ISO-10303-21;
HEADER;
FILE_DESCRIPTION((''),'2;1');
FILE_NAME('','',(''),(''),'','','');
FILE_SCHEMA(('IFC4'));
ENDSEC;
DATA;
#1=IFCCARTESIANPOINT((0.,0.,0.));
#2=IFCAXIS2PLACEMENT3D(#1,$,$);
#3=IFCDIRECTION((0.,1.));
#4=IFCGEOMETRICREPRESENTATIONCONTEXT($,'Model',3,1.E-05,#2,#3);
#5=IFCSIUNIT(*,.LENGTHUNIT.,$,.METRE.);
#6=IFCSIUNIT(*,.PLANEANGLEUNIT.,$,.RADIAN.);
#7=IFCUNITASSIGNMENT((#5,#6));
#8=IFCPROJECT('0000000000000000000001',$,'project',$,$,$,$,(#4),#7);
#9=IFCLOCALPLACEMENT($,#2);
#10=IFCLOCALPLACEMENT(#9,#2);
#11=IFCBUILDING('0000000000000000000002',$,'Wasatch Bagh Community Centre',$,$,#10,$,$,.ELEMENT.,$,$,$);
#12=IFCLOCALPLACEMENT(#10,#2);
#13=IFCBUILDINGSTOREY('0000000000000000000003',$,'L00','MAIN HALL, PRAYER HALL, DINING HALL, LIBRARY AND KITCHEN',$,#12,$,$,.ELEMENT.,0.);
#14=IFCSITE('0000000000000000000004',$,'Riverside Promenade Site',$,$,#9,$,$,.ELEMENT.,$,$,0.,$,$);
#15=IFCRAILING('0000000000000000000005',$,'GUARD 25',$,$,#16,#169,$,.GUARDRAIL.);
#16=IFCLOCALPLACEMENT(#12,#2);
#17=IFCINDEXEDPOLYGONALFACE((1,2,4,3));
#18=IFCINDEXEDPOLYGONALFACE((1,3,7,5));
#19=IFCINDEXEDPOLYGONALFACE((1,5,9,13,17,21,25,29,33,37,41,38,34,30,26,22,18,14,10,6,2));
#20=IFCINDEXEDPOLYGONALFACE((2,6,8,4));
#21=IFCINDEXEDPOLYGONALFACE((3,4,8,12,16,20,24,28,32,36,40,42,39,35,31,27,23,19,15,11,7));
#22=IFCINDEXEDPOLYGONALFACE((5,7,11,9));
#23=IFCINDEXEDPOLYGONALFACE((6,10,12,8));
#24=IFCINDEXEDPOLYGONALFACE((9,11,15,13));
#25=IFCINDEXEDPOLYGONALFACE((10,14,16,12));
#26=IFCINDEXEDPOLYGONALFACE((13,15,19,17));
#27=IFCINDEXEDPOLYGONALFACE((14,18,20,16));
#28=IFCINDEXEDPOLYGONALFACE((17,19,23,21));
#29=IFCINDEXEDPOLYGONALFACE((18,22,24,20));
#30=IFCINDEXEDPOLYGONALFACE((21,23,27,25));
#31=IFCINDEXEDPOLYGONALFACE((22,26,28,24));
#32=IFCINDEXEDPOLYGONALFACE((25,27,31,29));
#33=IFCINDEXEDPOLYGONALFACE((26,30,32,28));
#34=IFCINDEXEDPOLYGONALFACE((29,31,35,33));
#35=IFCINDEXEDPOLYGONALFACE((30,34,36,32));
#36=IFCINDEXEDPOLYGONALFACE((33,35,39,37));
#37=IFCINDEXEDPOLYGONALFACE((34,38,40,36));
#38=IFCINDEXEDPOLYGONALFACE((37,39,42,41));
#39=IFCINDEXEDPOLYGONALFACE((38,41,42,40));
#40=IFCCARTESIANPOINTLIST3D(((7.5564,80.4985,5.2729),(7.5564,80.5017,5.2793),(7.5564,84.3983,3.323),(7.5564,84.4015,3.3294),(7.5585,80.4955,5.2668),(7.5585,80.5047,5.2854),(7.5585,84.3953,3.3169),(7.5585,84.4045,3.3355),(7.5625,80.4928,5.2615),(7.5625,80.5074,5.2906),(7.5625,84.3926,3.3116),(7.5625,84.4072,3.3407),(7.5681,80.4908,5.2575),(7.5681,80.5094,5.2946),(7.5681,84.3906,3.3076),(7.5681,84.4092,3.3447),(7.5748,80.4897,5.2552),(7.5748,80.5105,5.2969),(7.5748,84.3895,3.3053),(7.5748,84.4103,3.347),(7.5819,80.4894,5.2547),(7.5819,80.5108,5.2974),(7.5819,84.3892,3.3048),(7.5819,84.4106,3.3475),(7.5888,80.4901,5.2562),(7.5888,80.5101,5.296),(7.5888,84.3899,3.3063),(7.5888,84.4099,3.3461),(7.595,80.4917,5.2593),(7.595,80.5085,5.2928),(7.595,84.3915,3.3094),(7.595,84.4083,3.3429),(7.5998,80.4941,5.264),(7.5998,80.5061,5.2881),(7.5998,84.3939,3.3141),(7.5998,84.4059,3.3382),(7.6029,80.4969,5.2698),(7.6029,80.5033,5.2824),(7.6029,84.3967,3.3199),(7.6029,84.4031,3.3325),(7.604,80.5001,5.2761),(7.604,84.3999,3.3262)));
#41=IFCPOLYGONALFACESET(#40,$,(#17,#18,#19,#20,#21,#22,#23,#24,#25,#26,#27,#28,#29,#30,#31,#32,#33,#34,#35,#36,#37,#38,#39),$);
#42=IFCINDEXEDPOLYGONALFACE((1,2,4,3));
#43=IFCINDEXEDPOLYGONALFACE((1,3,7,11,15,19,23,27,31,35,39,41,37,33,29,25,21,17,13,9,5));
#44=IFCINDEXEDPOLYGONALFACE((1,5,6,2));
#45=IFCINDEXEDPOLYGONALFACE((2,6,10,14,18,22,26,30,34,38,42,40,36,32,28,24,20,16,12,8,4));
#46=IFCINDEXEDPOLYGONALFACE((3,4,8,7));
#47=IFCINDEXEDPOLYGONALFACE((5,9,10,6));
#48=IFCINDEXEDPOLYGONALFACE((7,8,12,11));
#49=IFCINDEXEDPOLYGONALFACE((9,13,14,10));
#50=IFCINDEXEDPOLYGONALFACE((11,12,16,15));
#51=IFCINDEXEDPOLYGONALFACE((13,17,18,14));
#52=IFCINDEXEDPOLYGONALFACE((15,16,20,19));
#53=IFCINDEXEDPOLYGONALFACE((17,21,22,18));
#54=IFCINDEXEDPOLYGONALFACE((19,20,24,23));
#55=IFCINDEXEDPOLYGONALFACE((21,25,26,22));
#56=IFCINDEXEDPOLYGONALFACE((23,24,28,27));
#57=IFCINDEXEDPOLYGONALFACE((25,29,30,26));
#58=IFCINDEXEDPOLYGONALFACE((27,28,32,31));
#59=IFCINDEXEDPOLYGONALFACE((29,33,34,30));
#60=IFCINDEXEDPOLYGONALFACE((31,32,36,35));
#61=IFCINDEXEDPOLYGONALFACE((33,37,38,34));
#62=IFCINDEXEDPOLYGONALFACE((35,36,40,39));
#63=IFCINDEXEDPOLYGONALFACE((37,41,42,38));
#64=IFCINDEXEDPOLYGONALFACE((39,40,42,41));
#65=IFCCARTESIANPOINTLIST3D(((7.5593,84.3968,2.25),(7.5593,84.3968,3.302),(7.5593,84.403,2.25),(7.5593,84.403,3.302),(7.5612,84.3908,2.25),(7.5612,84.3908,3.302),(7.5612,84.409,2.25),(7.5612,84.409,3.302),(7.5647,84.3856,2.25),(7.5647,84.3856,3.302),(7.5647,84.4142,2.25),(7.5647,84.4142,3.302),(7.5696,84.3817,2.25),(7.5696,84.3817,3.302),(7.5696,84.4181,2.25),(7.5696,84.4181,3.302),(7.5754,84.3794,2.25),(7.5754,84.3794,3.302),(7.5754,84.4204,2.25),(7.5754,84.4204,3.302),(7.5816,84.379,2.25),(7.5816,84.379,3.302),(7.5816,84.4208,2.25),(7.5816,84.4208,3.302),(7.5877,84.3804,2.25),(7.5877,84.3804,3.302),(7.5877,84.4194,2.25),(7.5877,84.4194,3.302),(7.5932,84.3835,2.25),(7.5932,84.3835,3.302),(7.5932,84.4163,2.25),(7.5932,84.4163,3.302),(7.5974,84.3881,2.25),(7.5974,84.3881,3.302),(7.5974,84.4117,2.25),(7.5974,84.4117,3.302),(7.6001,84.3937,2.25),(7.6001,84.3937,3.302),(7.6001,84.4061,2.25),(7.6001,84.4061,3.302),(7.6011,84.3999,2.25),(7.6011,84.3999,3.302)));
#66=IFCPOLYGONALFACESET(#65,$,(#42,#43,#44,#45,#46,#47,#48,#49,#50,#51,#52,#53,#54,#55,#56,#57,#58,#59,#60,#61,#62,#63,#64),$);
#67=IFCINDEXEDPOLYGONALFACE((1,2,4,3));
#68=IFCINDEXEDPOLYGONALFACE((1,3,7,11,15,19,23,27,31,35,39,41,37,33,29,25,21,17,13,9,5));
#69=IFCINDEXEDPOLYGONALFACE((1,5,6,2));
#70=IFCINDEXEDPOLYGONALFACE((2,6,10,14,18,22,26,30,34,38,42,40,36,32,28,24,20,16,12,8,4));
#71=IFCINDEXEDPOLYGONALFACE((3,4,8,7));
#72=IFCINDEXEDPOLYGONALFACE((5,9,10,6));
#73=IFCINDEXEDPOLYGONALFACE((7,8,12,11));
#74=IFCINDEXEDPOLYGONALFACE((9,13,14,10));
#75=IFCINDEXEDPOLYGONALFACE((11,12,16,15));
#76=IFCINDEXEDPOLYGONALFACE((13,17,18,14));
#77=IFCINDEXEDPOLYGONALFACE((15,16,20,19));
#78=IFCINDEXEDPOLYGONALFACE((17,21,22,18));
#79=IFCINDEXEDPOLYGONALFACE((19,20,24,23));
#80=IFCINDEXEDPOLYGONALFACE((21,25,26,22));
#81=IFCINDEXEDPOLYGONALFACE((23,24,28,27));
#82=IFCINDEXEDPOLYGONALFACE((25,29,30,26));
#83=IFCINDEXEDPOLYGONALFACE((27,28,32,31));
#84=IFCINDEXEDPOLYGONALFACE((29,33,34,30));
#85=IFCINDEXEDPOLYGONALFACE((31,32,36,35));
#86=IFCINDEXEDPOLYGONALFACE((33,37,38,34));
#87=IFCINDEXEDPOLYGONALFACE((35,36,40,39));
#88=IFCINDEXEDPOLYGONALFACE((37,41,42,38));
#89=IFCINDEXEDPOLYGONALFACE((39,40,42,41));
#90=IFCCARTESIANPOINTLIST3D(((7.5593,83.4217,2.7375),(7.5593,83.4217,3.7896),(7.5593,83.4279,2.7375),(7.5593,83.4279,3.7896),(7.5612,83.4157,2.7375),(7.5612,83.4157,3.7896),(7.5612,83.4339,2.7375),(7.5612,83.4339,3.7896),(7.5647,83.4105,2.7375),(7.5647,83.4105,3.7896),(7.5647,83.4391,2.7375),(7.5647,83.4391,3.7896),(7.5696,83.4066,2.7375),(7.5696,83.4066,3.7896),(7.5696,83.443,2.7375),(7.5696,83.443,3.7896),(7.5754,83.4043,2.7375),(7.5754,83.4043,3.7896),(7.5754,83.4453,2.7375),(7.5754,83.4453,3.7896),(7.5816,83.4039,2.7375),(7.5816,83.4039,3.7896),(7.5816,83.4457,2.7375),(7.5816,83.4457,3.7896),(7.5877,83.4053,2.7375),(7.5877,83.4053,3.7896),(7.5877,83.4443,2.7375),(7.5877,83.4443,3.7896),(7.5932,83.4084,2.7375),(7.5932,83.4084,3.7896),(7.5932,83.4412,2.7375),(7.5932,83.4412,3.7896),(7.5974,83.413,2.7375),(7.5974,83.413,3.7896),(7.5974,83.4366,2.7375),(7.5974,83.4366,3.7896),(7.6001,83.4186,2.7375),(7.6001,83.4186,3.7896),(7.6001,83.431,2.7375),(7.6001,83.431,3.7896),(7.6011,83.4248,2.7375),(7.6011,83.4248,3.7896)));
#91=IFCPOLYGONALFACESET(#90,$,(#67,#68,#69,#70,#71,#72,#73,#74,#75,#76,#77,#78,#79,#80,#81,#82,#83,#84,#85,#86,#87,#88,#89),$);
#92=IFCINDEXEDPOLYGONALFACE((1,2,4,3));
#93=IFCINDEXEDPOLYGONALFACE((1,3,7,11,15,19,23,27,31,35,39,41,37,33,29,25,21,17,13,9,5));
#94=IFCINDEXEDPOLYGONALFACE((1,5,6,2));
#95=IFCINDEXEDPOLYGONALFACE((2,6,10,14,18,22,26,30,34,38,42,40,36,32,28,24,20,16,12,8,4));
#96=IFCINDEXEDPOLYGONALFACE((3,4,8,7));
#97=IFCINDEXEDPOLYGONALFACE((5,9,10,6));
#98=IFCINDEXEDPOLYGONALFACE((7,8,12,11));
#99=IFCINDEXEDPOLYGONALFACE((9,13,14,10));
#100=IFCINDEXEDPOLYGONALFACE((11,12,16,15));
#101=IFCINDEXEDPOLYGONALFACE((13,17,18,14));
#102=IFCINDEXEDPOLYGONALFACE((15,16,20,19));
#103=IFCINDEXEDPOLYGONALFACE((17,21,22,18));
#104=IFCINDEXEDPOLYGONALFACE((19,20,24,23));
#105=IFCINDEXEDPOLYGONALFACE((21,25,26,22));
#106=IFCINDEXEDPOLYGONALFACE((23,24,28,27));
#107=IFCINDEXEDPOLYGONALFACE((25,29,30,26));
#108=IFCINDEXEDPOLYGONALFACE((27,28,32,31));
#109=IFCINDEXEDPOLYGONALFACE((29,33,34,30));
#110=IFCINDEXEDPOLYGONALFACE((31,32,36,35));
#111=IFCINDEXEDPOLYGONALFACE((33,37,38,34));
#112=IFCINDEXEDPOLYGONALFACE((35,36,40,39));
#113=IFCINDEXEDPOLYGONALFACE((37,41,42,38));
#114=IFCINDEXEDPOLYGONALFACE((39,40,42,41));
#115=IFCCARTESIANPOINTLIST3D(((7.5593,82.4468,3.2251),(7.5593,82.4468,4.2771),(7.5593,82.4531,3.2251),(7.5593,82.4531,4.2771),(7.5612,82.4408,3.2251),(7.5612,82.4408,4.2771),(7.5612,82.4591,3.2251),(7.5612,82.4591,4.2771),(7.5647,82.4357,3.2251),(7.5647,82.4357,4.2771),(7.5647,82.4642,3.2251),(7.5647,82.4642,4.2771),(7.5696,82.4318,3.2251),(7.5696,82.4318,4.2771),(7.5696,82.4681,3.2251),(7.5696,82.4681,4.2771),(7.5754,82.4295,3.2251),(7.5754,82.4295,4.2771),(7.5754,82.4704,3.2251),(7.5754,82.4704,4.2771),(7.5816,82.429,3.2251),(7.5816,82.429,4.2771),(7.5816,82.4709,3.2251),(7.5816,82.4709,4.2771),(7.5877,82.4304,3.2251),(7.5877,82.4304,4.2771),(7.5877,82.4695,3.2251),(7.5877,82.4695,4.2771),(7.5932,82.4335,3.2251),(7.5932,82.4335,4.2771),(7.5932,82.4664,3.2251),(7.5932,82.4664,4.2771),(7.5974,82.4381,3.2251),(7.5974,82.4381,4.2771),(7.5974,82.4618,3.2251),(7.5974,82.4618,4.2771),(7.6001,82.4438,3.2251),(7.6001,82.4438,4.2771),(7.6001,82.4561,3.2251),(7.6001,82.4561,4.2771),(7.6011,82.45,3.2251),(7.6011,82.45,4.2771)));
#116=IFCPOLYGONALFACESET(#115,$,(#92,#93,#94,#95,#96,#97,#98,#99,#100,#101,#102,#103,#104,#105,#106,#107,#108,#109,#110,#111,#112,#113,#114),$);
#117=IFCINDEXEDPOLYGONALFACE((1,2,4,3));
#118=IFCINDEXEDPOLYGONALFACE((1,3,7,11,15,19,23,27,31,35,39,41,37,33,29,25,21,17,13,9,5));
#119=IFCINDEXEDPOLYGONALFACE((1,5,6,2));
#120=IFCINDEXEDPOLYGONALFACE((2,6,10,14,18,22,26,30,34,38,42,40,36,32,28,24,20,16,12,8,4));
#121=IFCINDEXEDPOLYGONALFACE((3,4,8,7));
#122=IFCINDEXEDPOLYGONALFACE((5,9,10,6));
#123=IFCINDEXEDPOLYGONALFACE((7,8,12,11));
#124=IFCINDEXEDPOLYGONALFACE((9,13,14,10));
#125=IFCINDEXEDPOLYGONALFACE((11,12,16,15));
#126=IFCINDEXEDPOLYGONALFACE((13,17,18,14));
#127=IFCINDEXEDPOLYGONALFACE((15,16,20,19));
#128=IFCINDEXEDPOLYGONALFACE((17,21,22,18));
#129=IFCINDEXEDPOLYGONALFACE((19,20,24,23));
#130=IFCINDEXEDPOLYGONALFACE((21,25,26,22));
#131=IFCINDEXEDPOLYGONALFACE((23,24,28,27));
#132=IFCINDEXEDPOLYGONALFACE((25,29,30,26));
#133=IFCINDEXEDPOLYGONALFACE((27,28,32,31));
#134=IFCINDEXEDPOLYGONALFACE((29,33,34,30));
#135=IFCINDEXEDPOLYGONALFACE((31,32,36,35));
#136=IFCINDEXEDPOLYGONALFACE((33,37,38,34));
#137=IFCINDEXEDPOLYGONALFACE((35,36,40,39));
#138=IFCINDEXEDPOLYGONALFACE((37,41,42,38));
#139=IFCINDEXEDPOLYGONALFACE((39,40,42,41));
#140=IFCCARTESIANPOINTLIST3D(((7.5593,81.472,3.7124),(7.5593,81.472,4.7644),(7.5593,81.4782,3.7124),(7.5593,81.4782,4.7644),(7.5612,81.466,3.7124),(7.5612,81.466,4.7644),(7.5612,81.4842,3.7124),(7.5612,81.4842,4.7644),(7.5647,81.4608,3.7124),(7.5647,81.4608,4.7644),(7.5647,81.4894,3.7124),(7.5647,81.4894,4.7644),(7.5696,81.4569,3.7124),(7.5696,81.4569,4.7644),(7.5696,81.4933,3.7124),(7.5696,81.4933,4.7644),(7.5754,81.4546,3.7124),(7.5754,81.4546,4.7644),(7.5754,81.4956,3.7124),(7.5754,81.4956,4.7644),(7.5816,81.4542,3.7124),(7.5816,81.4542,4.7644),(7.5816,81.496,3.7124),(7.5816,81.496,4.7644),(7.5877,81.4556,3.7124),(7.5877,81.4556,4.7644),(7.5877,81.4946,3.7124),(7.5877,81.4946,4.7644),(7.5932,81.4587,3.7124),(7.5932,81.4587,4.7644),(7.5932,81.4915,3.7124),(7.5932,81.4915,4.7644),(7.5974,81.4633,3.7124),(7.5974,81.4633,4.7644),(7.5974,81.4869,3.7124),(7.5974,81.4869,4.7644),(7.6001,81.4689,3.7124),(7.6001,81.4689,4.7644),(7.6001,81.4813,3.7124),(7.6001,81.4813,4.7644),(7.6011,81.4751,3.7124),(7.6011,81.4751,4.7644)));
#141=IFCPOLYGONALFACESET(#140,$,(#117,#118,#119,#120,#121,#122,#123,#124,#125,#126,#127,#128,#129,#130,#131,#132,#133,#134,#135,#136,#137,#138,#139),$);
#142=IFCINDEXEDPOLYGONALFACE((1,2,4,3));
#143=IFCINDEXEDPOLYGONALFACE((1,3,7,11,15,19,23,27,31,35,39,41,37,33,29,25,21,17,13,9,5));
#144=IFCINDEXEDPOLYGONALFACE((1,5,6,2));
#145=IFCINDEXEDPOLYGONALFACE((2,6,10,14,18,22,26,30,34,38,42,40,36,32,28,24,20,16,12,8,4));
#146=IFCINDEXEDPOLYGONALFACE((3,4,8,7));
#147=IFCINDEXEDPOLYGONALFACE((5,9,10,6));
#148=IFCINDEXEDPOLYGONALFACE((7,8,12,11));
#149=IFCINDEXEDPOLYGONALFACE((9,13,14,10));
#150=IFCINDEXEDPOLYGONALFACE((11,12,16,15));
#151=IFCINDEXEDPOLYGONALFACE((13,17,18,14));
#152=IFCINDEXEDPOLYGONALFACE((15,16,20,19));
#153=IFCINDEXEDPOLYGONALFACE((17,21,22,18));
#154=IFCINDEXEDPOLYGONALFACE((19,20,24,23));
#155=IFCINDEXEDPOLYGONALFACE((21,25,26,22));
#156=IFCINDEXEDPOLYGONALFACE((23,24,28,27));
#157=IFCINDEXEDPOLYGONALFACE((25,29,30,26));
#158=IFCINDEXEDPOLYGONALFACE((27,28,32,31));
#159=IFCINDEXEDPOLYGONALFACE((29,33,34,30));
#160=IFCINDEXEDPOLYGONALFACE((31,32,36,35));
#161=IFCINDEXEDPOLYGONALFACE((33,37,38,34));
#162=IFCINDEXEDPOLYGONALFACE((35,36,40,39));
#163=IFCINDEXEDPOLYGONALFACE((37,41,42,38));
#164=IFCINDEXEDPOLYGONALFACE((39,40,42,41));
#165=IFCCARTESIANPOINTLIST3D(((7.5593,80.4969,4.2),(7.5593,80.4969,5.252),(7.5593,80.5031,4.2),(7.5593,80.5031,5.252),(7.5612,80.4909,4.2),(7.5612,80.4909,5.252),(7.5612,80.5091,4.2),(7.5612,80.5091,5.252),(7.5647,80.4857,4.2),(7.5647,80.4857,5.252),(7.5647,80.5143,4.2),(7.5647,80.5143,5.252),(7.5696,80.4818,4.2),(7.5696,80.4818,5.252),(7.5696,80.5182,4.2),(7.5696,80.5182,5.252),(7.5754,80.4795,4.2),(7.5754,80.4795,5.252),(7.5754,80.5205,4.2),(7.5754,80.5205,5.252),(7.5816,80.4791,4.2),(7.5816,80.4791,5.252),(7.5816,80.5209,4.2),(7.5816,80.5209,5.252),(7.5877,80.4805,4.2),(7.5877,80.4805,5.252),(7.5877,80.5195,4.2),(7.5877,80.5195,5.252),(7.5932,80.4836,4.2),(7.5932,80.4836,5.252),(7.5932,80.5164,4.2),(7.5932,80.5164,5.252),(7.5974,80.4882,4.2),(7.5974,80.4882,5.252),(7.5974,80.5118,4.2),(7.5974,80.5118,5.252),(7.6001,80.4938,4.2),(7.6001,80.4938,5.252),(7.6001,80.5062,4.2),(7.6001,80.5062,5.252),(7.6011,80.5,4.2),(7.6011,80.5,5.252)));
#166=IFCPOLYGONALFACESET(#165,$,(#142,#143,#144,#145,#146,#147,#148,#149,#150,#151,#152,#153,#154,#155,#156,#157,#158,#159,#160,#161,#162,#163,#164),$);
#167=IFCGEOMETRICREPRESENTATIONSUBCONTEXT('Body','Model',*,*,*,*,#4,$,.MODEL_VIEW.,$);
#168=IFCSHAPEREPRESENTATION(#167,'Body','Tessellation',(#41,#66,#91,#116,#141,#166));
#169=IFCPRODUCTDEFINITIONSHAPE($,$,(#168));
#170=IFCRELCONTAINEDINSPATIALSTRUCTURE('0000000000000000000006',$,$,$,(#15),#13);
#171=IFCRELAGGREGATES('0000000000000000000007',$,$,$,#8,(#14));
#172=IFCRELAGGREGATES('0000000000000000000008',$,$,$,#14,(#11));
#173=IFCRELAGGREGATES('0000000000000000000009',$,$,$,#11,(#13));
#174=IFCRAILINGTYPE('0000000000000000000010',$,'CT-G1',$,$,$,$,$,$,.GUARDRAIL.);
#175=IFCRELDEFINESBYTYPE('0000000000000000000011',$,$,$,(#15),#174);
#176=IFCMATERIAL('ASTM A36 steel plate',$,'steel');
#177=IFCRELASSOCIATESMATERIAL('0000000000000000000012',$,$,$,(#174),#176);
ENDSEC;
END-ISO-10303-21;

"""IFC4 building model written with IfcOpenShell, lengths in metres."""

from ifc_helpers import new_model, si_unit, direction, frame, origin, origin_2d, place, context, subcontext, project, spatial, circle, extrude, material, type_object, element, save


model = new_model("IFC4")

# Units and contexts
model_context = context("Model", 3, precision=1e-05, world=origin(), true_north=direction((0.0, 1.0)))
body_context = subcontext(model_context, "Body", "Model", "MODEL_VIEW")
ifc_project = project(units=[si_unit("LENGTHUNIT", "METRE"), si_unit("PLANEANGLEUNIT", "RADIAN")], contexts=[model_context])

# Site, building, storey
site_placement = place(None, origin())
site = spatial("IfcSite", under=ifc_project, at=site_placement, Name="Riverside Promenade Site", CompositionType="ELEMENT", RefElevation=0.0)
building_placement = place(site_placement, origin())
building = spatial("IfcBuilding", under=site, at=building_placement, Name="Wasatch Bagh Community Centre", CompositionType="ELEMENT")
storey_placement = place(building_placement, origin())
storey = spatial("IfcBuildingStorey", under=building, at=storey_placement, Name="L00", Description="MAIN HALL, PRAYER HALL, DINING HALL, LIBRARY AND KITCHEN", CompositionType="ELEMENT", Elevation=0.0)

# Railing
ifc_material_1 = material(Name="ASTM A36 steel plate", Category="steel")
railing_type_1 = type_object("IfcRailingType", Name="CT-G1", PredefinedType="GUARDRAIL", material=ifc_material_1)
for number, where, name in (
    (1, (7.5801, 84.3999, 2.25), "GUARD 25"),
):
    element("IfcRailing", number, at=place(storey_placement, frame(where)), inside=storey, type_object=railing_type_1, Name=name, PredefinedType="GUARDRAIL", context=body_context, shape_type="SweptSolid", body=[
        extrude(circle(Radius=0.0239, at=origin_2d()), frame((0.0, 0.0, 1.0762), z_axis=(0.0, -0.894427, 0.447214), x_axis=(1.0, 0.0, 0.0)), (0.0, 0.0, 1.0), 4.3601),
        extrude(circle(Radius=0.021, at=origin_2d()), origin(), (0.0, 0.0, 1.0), 1.052),
        extrude(circle(Radius=0.021, at=origin_2d()), frame((0.0, -0.9751, 0.4875)), (0.0, 0.0, 1.0), 1.052),
        extrude(circle(Radius=0.021, at=origin_2d()), frame((0.0, -1.95, 0.9751)), (0.0, 0.0, 1.0), 1.052),
        extrude(circle(Radius=0.021, at=origin_2d()), frame((0.0, -2.9248, 1.4624)), (0.0, 0.0, 1.0), 1.052),
        extrude(circle(Radius=0.021, at=origin_2d()), frame((0.0, -3.8999, 1.95)), (0.0, 0.0, 1.0), 1.052),
    ])

save(model, "model.ifc")
